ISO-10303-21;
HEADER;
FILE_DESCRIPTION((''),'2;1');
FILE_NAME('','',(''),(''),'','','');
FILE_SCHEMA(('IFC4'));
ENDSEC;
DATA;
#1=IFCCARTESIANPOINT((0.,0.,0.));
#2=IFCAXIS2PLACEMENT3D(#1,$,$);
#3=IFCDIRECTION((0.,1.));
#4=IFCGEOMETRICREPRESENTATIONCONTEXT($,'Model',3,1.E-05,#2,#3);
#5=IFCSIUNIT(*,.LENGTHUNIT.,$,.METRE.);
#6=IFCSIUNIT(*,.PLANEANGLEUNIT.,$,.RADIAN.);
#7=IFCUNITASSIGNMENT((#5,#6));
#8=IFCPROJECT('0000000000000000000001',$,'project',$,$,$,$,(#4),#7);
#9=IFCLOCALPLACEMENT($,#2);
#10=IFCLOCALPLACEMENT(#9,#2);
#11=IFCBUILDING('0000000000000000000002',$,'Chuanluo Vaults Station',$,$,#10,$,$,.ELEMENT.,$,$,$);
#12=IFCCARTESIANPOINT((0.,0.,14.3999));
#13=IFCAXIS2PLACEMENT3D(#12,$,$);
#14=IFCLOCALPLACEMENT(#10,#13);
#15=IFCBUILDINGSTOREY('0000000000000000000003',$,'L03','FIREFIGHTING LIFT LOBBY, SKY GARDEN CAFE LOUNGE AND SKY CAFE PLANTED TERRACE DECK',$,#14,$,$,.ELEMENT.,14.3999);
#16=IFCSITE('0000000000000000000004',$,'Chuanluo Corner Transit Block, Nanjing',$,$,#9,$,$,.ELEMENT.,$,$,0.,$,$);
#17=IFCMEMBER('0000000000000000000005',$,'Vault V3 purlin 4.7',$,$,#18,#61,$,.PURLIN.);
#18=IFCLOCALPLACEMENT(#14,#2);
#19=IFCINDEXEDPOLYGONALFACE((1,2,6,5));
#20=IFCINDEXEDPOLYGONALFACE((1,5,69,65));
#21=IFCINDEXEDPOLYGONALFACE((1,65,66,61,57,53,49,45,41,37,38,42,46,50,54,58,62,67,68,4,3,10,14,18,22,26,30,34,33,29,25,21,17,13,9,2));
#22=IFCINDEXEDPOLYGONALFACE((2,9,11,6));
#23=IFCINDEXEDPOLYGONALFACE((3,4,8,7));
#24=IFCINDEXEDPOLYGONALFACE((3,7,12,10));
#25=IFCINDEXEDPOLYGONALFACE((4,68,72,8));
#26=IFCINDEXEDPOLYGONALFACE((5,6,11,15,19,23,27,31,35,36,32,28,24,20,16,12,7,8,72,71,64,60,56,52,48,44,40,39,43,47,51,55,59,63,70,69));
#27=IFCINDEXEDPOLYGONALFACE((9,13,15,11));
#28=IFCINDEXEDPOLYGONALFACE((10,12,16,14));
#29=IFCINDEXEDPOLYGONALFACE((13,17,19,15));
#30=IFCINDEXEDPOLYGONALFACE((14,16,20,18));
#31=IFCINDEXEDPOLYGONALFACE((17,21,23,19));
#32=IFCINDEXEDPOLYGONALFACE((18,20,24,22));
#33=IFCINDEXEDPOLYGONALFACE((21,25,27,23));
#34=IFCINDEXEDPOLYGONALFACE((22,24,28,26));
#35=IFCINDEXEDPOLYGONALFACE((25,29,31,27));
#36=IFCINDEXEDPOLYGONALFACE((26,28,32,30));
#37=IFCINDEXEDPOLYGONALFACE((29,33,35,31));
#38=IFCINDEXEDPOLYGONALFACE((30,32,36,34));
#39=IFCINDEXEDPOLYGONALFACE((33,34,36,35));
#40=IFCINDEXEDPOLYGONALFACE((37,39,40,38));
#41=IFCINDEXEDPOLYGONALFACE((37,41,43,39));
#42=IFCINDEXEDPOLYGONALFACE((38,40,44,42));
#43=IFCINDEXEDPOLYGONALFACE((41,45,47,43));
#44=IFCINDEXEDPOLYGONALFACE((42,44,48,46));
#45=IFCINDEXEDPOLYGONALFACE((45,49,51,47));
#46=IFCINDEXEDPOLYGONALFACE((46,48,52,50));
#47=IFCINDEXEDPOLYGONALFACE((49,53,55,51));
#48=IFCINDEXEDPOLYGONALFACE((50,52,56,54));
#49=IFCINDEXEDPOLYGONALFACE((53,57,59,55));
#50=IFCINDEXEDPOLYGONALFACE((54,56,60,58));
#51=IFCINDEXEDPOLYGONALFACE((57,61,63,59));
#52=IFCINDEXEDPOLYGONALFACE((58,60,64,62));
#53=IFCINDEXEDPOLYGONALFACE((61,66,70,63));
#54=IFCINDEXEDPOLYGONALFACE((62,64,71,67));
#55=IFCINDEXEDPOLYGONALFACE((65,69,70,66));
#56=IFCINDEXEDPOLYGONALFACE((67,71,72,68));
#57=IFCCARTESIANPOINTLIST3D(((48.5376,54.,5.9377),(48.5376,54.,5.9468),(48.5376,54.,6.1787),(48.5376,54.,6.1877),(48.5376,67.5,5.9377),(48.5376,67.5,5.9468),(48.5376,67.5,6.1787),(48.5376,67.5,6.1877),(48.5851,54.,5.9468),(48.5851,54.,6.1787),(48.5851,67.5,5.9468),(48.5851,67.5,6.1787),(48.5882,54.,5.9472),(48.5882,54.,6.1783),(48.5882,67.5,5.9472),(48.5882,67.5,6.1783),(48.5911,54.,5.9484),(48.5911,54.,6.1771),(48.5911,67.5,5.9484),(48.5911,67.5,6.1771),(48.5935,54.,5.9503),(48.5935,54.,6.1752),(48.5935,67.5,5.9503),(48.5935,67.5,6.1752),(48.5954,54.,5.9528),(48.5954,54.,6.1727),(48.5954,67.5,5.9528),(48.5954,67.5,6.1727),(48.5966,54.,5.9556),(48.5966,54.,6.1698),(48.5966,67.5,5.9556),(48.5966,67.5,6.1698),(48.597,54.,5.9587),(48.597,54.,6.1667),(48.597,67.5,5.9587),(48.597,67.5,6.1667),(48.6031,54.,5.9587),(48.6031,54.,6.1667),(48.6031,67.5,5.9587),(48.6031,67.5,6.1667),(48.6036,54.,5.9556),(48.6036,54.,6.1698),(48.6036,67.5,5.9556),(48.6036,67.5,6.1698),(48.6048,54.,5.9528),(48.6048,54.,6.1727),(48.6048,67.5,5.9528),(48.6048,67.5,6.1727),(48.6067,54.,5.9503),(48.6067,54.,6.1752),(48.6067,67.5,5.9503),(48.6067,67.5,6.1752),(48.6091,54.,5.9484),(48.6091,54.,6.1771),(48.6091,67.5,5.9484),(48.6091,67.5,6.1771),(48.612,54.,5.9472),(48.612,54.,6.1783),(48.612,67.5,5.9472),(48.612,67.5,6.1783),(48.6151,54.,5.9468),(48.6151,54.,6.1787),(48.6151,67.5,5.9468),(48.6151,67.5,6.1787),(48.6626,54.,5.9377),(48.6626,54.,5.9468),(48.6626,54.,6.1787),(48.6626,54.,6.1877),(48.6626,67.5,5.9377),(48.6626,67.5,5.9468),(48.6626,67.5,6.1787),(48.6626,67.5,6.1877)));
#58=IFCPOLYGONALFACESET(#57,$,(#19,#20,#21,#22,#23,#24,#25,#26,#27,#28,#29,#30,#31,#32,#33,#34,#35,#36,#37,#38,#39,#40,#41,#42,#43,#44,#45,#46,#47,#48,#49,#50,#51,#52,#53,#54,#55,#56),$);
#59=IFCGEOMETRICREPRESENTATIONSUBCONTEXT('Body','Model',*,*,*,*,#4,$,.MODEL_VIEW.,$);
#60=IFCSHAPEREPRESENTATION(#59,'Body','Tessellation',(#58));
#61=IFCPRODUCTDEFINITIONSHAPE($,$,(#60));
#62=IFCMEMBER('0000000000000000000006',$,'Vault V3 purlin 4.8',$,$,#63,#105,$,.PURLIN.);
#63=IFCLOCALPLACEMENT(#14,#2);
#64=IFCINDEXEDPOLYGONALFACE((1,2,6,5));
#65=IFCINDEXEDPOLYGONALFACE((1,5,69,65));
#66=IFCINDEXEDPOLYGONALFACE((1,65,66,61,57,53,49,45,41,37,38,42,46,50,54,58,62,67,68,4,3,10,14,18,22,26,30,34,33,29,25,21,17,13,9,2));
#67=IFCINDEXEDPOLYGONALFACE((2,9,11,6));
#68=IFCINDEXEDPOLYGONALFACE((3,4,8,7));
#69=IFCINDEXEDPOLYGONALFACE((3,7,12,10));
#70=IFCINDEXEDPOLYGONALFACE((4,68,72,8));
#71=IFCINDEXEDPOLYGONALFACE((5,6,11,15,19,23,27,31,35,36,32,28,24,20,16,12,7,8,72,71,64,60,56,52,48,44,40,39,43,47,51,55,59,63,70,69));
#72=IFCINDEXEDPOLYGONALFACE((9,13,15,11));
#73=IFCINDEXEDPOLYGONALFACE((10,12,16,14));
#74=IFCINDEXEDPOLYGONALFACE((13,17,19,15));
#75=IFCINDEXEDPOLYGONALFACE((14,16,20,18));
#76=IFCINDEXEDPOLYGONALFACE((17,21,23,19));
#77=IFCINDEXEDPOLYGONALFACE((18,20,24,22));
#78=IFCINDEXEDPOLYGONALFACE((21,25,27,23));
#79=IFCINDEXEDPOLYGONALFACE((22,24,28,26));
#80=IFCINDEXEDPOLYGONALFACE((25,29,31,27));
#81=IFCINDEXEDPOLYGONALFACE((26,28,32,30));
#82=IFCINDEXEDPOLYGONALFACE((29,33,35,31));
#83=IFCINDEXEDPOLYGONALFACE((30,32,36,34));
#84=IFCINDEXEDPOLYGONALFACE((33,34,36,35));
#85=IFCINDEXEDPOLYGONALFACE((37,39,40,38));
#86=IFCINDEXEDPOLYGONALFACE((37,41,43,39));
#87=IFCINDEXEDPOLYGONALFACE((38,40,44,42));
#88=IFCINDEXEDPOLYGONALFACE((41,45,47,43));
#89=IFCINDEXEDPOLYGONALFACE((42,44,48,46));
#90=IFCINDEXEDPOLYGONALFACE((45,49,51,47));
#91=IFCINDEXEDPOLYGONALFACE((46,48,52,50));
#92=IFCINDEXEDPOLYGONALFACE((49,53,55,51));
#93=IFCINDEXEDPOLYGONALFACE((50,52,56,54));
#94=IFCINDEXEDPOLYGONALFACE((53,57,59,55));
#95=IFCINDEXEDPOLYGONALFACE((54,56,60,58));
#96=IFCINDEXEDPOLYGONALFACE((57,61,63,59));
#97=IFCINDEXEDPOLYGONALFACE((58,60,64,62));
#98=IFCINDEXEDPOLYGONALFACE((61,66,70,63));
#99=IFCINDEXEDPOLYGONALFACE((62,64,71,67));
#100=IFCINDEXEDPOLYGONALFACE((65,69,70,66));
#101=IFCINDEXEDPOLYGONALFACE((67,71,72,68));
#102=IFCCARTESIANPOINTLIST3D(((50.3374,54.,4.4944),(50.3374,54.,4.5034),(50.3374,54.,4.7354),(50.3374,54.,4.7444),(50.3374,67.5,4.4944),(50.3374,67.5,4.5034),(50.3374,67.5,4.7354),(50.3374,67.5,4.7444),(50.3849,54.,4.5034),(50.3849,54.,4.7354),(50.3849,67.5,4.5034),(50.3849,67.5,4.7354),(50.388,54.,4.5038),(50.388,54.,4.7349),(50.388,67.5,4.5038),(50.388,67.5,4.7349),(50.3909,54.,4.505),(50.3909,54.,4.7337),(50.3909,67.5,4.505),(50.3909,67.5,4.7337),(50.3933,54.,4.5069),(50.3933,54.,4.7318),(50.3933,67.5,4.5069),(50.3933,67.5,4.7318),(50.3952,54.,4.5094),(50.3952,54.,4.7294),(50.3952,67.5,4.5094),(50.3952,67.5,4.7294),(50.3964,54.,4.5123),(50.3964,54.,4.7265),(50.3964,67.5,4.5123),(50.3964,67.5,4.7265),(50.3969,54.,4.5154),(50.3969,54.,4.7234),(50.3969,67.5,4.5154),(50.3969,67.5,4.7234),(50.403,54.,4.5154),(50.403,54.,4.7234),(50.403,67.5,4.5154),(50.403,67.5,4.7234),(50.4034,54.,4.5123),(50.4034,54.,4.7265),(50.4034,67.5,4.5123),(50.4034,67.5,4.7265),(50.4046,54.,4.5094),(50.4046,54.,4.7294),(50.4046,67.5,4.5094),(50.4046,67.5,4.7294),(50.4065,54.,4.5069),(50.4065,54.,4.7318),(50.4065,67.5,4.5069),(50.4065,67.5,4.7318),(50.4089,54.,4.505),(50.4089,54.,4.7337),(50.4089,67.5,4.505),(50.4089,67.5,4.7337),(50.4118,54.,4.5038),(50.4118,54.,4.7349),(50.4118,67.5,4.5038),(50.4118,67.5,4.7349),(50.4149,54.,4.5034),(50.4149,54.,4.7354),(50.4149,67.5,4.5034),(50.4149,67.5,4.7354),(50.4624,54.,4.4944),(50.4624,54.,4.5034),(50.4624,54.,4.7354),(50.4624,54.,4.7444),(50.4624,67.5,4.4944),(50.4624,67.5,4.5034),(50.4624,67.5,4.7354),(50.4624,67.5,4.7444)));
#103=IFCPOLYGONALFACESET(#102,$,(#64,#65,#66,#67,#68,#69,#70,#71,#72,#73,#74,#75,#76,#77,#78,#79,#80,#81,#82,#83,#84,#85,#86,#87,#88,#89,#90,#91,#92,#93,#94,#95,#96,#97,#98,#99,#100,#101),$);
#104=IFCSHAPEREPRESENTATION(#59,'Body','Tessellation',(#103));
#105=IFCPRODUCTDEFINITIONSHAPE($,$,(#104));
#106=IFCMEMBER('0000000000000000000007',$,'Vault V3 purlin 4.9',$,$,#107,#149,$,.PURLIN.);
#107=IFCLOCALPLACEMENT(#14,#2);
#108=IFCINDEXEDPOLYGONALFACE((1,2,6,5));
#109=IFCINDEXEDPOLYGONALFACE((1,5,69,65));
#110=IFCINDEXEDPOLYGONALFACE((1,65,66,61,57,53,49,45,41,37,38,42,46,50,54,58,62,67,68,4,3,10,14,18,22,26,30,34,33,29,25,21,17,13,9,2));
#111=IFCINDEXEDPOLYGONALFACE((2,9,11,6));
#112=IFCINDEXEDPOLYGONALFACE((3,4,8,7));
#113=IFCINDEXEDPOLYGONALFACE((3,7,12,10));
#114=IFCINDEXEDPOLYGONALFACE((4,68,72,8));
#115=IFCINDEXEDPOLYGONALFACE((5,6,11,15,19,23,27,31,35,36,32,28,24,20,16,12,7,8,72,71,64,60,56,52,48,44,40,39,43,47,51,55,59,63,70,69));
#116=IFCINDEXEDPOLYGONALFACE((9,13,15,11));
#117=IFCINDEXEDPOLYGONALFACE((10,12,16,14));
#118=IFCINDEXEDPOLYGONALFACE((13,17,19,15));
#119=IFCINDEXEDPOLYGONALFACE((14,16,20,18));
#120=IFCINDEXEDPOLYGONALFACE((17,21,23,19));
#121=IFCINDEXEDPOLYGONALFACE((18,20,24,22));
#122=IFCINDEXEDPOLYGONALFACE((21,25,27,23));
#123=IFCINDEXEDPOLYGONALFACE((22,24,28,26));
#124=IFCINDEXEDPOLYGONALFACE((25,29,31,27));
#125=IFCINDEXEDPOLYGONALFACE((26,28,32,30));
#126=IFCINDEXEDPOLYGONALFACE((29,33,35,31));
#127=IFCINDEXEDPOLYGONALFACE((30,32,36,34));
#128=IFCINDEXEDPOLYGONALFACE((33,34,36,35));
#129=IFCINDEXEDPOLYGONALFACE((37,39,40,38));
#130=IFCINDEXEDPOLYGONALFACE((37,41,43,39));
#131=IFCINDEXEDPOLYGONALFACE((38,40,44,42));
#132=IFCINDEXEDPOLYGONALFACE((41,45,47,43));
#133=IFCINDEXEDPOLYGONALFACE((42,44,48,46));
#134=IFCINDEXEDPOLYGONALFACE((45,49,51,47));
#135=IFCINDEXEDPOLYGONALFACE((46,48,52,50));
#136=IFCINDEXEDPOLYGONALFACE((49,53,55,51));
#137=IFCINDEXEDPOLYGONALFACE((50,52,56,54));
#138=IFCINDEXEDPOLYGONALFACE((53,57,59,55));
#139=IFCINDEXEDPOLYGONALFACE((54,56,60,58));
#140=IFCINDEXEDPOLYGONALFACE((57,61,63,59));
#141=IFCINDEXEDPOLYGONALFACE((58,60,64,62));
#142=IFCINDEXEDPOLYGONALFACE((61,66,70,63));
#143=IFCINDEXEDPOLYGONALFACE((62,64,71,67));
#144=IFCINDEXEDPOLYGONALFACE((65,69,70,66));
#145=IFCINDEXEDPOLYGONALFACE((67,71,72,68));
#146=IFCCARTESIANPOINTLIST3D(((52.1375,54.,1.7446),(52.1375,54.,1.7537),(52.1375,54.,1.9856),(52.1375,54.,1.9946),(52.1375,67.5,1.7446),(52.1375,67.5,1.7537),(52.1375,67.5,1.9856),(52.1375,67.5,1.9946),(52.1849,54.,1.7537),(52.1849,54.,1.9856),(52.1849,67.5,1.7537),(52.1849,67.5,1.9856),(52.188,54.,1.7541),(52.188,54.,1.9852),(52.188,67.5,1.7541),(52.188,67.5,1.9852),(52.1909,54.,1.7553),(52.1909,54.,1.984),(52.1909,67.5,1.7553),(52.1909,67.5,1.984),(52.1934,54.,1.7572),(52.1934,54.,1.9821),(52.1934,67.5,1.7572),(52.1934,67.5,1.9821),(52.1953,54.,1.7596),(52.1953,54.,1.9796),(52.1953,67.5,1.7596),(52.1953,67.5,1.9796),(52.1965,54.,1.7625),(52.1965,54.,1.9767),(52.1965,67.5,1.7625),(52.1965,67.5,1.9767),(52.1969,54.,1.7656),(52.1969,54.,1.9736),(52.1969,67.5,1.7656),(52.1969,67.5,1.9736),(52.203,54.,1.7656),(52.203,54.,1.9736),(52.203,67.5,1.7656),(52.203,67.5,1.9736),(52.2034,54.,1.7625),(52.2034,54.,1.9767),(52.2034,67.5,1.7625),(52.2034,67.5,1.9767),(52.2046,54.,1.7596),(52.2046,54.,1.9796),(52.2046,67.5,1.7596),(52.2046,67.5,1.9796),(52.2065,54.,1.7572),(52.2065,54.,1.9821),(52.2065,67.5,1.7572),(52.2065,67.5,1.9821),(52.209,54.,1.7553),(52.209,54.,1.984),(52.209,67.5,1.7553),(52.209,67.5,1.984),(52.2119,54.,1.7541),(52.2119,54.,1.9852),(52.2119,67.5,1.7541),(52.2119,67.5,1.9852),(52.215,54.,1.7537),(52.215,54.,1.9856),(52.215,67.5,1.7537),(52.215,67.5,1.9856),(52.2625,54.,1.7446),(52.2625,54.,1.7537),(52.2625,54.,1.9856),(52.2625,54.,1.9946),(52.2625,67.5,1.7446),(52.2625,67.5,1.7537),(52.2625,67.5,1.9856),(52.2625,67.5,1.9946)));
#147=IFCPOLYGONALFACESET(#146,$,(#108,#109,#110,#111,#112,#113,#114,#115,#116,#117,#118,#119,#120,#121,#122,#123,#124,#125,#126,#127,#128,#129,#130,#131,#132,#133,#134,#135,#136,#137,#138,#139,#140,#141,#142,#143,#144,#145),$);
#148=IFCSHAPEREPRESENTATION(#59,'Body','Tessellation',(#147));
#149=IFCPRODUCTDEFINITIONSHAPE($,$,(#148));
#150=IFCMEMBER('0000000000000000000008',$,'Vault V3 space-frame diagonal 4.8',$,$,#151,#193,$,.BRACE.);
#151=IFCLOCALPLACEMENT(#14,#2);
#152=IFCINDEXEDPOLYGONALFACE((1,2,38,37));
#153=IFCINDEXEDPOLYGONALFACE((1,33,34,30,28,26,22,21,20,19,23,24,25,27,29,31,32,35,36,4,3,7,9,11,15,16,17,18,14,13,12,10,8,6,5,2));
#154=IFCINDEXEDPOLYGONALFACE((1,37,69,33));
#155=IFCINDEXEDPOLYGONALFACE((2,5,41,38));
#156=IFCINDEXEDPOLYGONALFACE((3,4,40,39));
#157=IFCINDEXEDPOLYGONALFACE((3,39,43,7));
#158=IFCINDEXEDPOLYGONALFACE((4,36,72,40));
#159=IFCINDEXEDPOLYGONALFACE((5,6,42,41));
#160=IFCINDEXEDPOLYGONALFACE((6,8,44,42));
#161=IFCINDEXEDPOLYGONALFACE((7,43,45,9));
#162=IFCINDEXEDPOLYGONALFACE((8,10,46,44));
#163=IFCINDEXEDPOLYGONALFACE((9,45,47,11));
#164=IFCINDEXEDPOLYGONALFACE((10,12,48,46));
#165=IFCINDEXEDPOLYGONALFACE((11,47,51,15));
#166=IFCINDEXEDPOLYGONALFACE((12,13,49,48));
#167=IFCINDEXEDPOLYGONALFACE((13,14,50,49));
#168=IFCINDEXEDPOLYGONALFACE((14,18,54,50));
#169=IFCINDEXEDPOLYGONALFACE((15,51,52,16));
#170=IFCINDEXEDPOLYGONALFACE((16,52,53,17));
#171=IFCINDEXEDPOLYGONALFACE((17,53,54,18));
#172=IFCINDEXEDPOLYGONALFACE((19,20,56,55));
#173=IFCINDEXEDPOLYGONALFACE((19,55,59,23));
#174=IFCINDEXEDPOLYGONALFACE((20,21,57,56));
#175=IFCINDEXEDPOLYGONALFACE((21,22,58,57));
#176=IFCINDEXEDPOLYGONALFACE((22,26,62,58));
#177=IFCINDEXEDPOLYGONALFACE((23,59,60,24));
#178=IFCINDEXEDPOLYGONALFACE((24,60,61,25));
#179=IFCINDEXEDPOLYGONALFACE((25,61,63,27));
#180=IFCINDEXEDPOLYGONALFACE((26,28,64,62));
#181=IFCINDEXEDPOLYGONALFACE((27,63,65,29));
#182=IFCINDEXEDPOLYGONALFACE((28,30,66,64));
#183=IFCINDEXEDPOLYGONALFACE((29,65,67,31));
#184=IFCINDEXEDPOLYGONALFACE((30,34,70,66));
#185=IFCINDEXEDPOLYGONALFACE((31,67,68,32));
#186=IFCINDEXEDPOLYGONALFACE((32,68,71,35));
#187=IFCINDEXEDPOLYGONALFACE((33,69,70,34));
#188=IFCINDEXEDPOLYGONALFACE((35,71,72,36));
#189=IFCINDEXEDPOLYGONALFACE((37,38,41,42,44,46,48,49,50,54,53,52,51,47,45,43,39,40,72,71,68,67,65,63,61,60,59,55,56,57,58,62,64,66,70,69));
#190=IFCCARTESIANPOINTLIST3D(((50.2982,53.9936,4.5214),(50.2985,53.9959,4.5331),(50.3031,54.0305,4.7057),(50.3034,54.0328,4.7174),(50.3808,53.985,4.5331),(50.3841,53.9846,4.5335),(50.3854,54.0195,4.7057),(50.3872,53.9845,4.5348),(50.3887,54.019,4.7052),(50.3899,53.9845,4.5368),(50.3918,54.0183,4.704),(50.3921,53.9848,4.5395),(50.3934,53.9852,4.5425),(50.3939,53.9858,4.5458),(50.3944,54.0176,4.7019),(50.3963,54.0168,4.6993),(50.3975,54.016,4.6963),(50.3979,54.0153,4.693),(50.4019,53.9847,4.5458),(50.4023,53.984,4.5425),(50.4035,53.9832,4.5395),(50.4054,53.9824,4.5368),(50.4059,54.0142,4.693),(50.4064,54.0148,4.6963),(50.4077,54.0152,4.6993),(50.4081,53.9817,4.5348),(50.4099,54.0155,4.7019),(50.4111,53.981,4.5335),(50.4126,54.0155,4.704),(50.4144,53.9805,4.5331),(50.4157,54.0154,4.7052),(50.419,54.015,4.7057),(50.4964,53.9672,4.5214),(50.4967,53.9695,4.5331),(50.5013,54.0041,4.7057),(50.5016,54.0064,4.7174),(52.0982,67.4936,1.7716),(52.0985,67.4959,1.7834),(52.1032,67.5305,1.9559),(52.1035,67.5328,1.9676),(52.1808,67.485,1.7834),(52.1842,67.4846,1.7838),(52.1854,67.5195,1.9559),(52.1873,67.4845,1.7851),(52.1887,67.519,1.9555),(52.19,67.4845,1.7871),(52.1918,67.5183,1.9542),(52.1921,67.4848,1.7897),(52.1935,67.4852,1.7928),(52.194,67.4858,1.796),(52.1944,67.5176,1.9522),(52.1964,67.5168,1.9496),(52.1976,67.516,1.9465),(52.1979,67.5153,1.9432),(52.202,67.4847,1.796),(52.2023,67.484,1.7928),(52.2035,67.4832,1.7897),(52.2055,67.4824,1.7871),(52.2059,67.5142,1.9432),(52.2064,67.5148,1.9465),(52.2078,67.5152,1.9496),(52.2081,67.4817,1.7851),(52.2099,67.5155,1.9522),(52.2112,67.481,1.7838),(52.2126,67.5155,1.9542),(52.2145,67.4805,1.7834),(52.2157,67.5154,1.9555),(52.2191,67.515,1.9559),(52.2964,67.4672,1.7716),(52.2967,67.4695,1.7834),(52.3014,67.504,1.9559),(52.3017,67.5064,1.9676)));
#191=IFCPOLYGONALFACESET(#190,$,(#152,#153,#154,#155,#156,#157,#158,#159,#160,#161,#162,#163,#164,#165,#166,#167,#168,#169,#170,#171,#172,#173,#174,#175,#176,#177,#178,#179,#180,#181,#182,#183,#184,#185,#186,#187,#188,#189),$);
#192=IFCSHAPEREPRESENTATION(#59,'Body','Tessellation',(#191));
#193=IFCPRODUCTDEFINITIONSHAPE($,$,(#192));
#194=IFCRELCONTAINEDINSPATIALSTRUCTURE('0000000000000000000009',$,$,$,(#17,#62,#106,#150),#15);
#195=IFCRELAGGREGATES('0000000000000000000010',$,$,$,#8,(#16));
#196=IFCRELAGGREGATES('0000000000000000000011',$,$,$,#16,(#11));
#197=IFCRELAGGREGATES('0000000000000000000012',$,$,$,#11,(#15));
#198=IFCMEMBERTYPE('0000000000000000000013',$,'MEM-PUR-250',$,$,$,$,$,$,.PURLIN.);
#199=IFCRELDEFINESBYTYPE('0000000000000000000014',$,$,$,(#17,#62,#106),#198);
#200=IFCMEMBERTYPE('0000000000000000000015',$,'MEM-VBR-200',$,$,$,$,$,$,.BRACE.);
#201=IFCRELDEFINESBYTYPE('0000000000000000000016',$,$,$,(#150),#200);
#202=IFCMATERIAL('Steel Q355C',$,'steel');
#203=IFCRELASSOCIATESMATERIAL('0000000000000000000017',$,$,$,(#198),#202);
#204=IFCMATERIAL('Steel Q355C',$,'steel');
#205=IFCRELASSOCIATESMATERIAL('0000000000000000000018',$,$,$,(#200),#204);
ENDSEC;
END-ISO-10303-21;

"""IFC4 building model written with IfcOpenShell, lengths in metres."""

from ifc_helpers import new_model, si_unit, direction, frame, origin, origin_2d, place, context, subcontext, project, spatial, i_section, extrude, material, material_profile, profile_set, type_object, element, save


model = new_model("IFC4")

# Units and contexts
model_context = context("Model", 3, precision=1e-05, world=origin(), true_north=direction((0.0, 1.0)))
body_context = subcontext(model_context, "Body", "Model", "MODEL_VIEW")
ifc_project = project(units=[si_unit("LENGTHUNIT", "METRE"), si_unit("PLANEANGLEUNIT", "RADIAN")], contexts=[model_context])

# Site, building, storey
site_placement = place(None, origin())
site = spatial("IfcSite", under=ifc_project, at=site_placement, Name="Chuanluo Corner Transit Block, Nanjing", CompositionType="ELEMENT", RefElevation=0.0)
building_placement = place(site_placement, origin())
building = spatial("IfcBuilding", under=site, at=building_placement, Name="Chuanluo Vaults Station", CompositionType="ELEMENT")
storey_placement = place(building_placement, frame((0.0, 0.0, 14.3999)))
storey = spatial("IfcBuildingStorey", under=building, at=storey_placement, Name="L03", Description="FIREFIGHTING LIFT LOBBY, SKY GARDEN CAFE LOUNGE AND SKY CAFE PLANTED TERRACE DECK", CompositionType="ELEMENT", Elevation=14.3999)

# Members
ifc_material_1 = material(Name="Steel Q355C", Category="steel")
ifc_material_profile_1 = material_profile(ifc_material_1, i_section(OverallWidth=0.125, OverallDepth=0.25, WebThickness=0.0061, FlangeThickness=0.009, FilletRadius=0.012, at=origin_2d()))
ifc_profile_set_1 = profile_set([ifc_material_profile_1], Name="Steel Q355C")
member_type_1 = type_object("IfcMemberType", Name="MEM-PUR-250", PredefinedType="PURLIN", material=ifc_profile_set_1)
for number, where, z_axis, x_axis, name in (
    (1, (48.6001, 54.0, 6.0627), (0.0, 1.0, 0.0), (-1.0, 0.0, 0.0), "Vault V3 purlin 4.7"),
    (2, (50.3999, 54.0, 4.6194), (0.0, 1.0, 0.0), (-1.0, 0.0, 0.0), "Vault V3 purlin 4.8"),
    (3, (52.2, 54.0, 1.8696), (0.0, 1.0, 0.0), (-1.0, 0.0, 0.0), "Vault V3 purlin 4.9"),
):
    element("IfcMember", number, at=place(storey_placement, frame(where, z_axis=z_axis, x_axis=x_axis)), inside=storey, type_object=member_type_1, Name=name, PredefinedType="PURLIN", context=body_context, shape_type="SweptSolid", body=[
        extrude(i_section(OverallWidth=0.125, OverallDepth=0.25, WebThickness=0.0061, FlangeThickness=0.009, FilletRadius=0.012, at=origin_2d()), origin(), (0.0, 0.0, 1.0), 13.5),
    ])
ifc_material_2 = material(Name="Steel Q355C", Category="steel")
ifc_material_profile_2 = material_profile(ifc_material_2, i_section(OverallWidth=0.2, OverallDepth=0.2, WebThickness=0.0081, FlangeThickness=0.012, FilletRadius=0.0129, at=origin_2d()))
ifc_profile_set_2 = profile_set([ifc_material_profile_2], Name="Steel Q355C")
member_type_2 = type_object("IfcMemberType", Name="MEM-VBR-200", PredefinedType="BRACE", material=ifc_profile_set_2)
member_1_placement = place(storey_placement, frame((50.3999, 54.0, 4.6194), z_axis=(0.129553, 0.971622, -0.197905), x_axis=(-0.991227, 0.132167, 0.0)))
element("IfcMember", 4, at=member_1_placement, inside=storey, type_object=member_type_2, Name="Vault V3 space-frame diagonal 4.8", PredefinedType="BRACE", context=body_context, shape_type="SweptSolid", body=[
    extrude(i_section(OverallWidth=0.2, OverallDepth=0.2, WebThickness=0.0081, FlangeThickness=0.012, FilletRadius=0.0129, at=origin_2d()), origin(), (0.0, 0.0, 1.0), 13.8943),
])

save(model, "model.ifc")
